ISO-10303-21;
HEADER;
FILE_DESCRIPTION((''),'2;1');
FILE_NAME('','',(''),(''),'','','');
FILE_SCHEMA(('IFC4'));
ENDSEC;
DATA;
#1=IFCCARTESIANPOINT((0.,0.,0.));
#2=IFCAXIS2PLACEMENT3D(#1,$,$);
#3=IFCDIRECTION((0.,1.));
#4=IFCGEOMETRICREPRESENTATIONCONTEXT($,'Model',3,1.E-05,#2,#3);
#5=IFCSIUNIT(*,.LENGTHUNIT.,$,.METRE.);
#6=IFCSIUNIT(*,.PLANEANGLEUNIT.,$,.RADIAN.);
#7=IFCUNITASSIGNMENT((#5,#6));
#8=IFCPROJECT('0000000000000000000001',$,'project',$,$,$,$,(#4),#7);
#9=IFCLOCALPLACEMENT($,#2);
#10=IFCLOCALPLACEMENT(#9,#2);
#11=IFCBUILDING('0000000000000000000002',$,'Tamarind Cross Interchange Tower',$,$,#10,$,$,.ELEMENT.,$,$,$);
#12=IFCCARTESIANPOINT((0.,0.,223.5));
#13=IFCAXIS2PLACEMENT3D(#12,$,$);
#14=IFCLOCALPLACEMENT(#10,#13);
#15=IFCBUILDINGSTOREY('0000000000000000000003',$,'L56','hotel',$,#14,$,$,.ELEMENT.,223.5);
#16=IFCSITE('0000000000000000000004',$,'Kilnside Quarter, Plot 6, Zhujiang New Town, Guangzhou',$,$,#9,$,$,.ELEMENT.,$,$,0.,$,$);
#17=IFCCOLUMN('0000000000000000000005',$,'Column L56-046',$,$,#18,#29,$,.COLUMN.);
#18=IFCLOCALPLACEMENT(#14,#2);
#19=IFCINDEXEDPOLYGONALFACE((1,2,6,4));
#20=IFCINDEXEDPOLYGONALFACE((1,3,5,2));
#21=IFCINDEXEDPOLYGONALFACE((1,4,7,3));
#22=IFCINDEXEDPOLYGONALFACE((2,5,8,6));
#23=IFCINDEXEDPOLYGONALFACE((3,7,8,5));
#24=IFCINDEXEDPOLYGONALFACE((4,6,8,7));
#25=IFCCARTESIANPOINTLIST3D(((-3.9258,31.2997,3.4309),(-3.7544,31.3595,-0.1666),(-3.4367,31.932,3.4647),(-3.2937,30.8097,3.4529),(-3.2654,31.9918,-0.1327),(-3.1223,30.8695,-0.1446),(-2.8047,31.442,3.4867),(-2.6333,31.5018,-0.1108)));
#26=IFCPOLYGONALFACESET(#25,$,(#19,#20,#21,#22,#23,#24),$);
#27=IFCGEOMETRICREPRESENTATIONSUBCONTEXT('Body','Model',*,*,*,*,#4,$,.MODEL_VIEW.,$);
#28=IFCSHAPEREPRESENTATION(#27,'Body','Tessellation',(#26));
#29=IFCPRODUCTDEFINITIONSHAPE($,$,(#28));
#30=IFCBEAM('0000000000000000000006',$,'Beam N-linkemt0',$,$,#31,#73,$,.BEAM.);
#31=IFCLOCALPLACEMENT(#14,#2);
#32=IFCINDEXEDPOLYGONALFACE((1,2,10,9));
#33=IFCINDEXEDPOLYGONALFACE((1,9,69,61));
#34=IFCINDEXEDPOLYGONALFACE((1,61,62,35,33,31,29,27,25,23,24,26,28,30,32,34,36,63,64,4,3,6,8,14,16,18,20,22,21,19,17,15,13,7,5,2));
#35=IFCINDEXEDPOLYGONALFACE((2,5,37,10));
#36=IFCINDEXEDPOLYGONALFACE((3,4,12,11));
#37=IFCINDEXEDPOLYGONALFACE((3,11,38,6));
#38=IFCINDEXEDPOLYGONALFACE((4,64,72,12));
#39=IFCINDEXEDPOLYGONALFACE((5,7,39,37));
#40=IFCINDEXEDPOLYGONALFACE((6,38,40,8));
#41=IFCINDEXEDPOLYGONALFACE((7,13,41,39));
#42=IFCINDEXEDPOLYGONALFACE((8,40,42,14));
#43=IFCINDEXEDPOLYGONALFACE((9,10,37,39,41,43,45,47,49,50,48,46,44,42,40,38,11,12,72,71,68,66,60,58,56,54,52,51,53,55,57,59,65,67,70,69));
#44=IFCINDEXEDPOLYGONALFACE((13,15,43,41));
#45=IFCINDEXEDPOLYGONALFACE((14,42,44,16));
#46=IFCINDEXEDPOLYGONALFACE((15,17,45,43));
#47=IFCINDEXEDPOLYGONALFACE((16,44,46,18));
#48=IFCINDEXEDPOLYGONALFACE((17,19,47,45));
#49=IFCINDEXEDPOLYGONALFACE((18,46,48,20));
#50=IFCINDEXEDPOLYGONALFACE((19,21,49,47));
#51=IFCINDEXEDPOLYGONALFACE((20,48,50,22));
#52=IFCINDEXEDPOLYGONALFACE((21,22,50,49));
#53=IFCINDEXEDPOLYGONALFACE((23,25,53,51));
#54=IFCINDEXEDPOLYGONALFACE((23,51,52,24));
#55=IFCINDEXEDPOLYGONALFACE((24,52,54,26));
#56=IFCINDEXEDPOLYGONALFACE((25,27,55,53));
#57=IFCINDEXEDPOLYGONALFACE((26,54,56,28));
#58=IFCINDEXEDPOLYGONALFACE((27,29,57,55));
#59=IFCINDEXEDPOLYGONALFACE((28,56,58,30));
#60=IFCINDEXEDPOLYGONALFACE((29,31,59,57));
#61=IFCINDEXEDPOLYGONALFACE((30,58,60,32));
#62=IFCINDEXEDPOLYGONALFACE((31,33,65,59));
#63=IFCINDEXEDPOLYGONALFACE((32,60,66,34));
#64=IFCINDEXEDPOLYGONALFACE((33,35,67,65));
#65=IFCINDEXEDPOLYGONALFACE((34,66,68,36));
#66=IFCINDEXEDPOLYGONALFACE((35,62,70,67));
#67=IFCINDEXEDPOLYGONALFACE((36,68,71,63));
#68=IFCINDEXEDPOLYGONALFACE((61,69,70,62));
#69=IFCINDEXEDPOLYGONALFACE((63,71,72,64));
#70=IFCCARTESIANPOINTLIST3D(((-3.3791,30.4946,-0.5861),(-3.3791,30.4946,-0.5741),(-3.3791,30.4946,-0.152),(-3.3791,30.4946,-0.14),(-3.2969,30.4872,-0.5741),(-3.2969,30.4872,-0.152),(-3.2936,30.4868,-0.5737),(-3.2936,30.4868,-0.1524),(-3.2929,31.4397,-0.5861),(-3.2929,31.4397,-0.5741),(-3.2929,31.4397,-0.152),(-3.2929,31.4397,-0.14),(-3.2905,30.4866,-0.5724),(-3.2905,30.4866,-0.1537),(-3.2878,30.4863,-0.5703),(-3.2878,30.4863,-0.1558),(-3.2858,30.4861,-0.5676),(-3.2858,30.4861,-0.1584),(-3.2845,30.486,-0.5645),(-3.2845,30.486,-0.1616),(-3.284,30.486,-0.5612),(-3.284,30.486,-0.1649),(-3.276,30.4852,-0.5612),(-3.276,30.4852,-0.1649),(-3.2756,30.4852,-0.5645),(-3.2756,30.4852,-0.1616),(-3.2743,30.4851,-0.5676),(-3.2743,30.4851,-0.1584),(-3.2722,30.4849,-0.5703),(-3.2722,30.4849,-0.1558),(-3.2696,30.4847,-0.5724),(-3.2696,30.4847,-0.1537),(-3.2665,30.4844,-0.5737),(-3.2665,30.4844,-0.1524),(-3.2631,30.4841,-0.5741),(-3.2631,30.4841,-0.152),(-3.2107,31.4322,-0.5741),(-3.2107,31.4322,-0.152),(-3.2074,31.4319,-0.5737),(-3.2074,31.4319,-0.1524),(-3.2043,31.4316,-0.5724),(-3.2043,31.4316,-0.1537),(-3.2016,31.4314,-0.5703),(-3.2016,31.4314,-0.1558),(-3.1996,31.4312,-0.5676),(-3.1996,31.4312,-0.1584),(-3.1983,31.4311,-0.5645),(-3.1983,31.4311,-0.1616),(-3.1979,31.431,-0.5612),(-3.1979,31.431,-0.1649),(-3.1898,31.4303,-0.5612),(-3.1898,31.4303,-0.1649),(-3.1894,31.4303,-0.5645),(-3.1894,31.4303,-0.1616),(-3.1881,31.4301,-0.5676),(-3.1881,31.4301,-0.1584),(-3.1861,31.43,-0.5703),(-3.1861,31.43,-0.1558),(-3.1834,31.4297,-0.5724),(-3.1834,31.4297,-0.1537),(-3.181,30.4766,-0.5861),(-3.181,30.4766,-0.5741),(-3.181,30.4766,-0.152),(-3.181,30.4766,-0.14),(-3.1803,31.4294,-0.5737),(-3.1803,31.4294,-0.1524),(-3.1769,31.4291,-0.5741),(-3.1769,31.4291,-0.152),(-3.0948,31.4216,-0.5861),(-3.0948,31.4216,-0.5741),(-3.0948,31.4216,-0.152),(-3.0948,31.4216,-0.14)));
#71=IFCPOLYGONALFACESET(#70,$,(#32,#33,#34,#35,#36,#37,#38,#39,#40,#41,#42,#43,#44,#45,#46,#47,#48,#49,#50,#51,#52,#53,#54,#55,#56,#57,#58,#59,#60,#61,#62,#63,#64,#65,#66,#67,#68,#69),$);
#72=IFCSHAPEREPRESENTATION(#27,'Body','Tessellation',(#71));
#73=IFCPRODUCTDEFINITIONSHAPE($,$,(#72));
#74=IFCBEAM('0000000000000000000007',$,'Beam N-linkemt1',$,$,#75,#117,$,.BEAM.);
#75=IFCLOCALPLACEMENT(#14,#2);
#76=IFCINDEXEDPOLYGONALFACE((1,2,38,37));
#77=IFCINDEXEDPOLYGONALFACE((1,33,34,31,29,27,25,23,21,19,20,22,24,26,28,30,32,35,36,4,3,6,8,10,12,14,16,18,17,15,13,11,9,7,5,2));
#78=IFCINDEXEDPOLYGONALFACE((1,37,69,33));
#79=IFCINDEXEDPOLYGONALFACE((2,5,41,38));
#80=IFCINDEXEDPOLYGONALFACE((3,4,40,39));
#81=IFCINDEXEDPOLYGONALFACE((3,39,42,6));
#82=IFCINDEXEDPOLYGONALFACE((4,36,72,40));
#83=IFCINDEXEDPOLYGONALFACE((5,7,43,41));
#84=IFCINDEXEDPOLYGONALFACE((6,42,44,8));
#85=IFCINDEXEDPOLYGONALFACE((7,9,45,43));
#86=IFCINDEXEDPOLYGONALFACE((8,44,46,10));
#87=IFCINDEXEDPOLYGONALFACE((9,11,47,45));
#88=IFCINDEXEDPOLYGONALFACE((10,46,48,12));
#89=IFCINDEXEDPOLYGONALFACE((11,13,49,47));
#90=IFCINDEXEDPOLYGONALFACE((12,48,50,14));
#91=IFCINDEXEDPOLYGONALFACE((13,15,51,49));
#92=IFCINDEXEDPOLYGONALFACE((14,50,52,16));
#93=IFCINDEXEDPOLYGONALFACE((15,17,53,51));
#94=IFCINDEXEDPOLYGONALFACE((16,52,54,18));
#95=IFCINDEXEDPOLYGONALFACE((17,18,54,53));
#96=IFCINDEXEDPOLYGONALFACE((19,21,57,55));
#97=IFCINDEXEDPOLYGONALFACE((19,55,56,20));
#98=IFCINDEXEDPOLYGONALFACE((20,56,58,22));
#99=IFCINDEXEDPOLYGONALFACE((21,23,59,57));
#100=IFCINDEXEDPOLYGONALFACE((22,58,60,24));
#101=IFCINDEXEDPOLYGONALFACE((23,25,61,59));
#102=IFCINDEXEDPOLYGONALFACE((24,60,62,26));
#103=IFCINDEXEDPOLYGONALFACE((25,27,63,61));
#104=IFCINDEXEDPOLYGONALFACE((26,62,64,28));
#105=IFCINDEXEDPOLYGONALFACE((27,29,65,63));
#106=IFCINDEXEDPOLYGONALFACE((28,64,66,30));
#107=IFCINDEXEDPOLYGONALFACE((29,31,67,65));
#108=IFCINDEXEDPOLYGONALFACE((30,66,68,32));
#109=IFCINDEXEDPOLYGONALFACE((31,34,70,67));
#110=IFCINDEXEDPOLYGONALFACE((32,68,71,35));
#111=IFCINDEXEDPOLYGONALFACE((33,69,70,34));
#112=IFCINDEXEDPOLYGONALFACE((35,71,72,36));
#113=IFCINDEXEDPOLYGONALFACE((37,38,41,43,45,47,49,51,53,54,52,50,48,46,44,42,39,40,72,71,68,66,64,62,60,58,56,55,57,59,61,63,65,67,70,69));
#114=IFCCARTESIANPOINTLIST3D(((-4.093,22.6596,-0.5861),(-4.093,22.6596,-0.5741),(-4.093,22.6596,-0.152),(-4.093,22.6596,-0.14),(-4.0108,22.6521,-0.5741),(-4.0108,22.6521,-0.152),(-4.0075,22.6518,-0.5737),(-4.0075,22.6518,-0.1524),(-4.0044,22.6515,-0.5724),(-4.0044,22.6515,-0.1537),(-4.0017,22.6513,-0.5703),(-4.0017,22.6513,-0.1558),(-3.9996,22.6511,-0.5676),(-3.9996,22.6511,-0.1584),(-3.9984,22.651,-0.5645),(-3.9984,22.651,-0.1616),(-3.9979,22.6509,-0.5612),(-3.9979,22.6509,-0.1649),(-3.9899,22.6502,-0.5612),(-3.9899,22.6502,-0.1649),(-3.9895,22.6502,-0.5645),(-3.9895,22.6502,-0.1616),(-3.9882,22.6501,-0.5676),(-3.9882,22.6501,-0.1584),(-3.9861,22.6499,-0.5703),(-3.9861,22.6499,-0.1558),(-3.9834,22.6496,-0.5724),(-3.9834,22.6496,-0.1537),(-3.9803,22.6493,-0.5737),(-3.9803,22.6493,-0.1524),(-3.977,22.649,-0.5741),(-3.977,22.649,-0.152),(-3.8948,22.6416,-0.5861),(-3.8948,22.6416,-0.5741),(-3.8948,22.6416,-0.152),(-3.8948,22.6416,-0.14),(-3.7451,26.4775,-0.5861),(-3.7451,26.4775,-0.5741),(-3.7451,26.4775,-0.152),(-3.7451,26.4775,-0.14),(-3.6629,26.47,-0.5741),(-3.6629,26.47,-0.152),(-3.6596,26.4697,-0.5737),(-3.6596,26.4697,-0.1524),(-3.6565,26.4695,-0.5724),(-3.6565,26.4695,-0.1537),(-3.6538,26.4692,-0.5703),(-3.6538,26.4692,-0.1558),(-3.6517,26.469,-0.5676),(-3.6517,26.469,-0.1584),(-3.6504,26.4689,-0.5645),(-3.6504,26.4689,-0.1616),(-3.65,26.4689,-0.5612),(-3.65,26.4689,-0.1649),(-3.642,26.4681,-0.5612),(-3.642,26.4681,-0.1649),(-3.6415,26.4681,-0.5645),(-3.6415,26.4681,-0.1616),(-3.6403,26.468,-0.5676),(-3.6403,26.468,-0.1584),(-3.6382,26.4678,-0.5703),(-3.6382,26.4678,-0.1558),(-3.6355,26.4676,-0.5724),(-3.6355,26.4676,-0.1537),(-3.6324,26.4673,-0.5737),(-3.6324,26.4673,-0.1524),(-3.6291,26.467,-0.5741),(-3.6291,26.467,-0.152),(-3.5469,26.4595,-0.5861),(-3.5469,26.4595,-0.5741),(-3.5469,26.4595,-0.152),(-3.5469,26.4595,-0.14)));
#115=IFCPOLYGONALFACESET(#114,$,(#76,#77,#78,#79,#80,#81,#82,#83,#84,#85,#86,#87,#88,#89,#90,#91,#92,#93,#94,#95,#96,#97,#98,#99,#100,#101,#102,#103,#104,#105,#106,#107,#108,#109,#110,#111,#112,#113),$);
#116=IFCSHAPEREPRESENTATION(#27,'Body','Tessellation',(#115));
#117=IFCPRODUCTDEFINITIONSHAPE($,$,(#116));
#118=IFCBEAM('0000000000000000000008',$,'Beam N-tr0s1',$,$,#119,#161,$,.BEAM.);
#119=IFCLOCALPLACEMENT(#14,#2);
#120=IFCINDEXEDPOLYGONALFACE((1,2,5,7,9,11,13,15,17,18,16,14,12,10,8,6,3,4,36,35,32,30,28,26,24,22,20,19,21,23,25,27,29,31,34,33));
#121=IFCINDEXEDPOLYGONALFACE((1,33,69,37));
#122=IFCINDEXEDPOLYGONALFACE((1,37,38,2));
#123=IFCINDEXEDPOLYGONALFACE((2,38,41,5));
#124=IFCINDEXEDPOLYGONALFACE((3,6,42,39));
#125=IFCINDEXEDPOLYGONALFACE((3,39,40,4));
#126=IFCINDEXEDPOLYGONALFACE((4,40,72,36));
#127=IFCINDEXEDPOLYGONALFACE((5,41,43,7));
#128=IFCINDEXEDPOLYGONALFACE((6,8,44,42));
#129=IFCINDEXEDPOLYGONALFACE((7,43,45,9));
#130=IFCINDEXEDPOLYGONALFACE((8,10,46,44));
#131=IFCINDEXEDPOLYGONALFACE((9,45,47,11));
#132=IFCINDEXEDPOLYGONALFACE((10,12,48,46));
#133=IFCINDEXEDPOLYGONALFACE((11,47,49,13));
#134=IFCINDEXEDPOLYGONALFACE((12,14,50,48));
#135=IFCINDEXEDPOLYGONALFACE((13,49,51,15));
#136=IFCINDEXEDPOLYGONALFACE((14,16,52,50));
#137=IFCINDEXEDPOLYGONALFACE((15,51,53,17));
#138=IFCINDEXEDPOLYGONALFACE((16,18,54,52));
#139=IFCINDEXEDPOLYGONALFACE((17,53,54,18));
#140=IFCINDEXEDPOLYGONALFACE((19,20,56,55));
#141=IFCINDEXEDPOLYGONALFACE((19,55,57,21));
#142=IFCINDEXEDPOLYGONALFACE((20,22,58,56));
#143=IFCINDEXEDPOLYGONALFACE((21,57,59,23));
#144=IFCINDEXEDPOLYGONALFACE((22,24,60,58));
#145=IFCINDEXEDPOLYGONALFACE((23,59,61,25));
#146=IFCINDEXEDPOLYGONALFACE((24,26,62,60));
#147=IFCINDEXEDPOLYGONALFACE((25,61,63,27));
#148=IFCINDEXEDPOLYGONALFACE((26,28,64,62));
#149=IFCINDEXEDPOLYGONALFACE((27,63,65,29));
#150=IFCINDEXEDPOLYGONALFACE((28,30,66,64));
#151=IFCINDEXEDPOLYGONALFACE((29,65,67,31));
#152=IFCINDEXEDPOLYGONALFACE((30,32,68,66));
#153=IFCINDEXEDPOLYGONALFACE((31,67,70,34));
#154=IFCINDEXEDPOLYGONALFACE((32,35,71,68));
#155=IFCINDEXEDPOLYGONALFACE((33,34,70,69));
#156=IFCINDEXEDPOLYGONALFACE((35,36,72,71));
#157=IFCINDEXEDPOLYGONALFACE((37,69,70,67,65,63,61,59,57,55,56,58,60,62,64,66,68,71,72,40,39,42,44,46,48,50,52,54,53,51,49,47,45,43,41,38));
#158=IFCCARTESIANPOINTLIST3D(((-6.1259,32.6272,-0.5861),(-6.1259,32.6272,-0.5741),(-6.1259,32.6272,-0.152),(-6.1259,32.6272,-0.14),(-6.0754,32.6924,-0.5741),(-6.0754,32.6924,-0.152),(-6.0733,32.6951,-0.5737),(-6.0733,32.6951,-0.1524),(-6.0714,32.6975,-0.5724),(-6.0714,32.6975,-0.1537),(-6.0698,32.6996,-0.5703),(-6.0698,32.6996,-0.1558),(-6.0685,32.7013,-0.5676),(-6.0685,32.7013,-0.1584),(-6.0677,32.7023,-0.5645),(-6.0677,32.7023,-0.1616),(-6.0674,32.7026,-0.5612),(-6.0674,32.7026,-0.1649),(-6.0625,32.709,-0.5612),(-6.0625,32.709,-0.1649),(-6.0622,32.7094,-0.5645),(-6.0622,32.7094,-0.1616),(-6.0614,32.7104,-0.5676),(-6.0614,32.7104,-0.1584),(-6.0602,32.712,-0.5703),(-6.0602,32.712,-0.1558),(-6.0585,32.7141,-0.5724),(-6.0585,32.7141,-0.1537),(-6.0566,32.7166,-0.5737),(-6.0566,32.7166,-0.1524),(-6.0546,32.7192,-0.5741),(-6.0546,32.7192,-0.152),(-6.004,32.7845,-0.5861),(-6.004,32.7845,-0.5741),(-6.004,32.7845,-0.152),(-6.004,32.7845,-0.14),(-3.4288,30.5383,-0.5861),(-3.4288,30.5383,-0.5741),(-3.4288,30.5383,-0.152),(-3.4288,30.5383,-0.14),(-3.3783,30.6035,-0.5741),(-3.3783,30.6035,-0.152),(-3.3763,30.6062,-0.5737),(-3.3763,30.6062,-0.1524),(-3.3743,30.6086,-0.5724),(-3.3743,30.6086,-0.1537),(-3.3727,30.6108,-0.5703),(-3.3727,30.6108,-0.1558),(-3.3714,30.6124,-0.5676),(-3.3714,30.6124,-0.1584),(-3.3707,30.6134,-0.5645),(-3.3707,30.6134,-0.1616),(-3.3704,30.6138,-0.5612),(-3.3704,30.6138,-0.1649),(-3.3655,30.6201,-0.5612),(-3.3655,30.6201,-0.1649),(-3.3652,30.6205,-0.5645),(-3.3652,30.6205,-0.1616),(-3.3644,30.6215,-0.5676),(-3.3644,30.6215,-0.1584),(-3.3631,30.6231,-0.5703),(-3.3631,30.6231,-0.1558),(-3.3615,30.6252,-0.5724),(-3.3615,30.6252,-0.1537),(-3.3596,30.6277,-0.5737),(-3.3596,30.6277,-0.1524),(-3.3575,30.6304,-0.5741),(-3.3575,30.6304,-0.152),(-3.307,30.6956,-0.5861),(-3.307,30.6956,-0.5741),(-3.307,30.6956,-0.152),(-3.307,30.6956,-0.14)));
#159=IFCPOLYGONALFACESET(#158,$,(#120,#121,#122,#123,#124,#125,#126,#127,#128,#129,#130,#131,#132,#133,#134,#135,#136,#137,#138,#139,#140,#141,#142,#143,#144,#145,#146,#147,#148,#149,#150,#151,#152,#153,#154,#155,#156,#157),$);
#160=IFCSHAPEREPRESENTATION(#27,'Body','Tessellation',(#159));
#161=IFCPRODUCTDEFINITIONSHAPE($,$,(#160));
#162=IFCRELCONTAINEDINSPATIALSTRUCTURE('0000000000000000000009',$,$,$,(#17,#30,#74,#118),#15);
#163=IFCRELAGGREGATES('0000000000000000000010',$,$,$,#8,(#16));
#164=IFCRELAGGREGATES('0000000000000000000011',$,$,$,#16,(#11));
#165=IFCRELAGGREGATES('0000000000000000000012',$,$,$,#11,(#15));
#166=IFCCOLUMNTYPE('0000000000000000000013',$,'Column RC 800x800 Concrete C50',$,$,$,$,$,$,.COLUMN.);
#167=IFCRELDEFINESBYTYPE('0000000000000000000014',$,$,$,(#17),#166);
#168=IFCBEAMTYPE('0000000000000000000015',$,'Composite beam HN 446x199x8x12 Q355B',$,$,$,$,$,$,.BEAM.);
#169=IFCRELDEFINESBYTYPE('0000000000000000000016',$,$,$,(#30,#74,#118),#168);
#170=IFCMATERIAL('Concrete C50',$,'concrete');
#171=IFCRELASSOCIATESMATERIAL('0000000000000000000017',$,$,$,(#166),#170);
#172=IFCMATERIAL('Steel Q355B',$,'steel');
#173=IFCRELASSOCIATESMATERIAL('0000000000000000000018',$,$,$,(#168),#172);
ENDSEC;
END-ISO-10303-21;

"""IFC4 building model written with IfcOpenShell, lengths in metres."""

from ifc_helpers import new_model, si_unit, direction, frame, origin, origin_2d, place, context, subcontext, project, spatial, rectangle, i_section, extrude, material, material_profile, profile_set, type_object, element, save


model = new_model("IFC4")

# Units and contexts
model_context = context("Model", 3, precision=1e-05, world=origin(), true_north=direction((0.0, 1.0)))
body_context = subcontext(model_context, "Body", "Model", "MODEL_VIEW")
ifc_project = project(units=[si_unit("LENGTHUNIT", "METRE"), si_unit("PLANEANGLEUNIT", "RADIAN")], contexts=[model_context])

# Site, building, storey
site_placement = place(None, origin())
site = spatial("IfcSite", under=ifc_project, at=site_placement, Name="Kilnside Quarter, Plot 6, Zhujiang New Town, Guangzhou", CompositionType="ELEMENT", RefElevation=0.0)
building_placement = place(site_placement, origin())
building = spatial("IfcBuilding", under=site, at=building_placement, Name="Tamarind Cross Interchange Tower", CompositionType="ELEMENT")
storey_placement = place(building_placement, frame((0.0, 0.0, 223.5)))
storey = spatial("IfcBuildingStorey", under=building, at=storey_placement, Name="L56", Description="hotel", CompositionType="ELEMENT", Elevation=223.5)

# Column
ifc_material_1 = material(Name="Concrete C50", Category="concrete")
ifc_material_profile_1 = material_profile(ifc_material_1, rectangle(XDim=0.8, YDim=0.8, at=origin_2d()), Name="RC 800x800")
ifc_profile_set_1 = profile_set([ifc_material_profile_1], Name="Concrete C50")
column_type = type_object("IfcColumnType", Name="Column RC 800x800 Concrete C50", PredefinedType="COLUMN", material=ifc_profile_set_1)
column_placement = place(storey_placement, frame((-3.1938, 31.4307, -0.1387), z_axis=(-0.047581, -0.016606, 0.998729), x_axis=(0.790006, -0.612484, 0.027453)))
element("IfcColumn", 1, at=column_placement, inside=storey, type_object=column_type, Name="Column L56-046", PredefinedType="COLUMN", context=body_context, shape_type="SweptSolid", body=[
    extrude(rectangle(XDim=0.8, YDim=0.8, at=origin_2d()), origin(), (0.0, 0.0, 1.0), 3.6021),
])

# Beams
ifc_material_2 = material(Name="Steel Q355B", Category="steel")
ifc_material_profile_2 = material_profile(ifc_material_2, i_section(OverallWidth=0.199, OverallDepth=0.446, WebThickness=0.0081, FlangeThickness=0.012, FilletRadius=0.0129, at=origin_2d()), Name="HN 446x199x8x12")
ifc_profile_set_2 = profile_set([ifc_material_profile_2], Name="Steel Q355B")
beam_type_1 = type_object("IfcBeamType", Name="Composite beam HN 446x199x8x12 Q355B", PredefinedType="BEAM", material=ifc_profile_set_2)
beam_1_placement = place(storey_placement, frame((-3.1938, 31.4307, -0.363), z_axis=(-0.090814, -0.995868, 0.0), x_axis=(0.995868, -0.090814, 0.0)))
element("IfcBeam", 2, at=beam_1_placement, inside=storey, type_object=beam_type_1, Name="Beam N-linkemt0", PredefinedType="BEAM", context=body_context, shape_type="SweptSolid", body=[
    extrude(i_section(OverallWidth=0.199, OverallDepth=0.446, WebThickness=0.0081, FlangeThickness=0.012, FilletRadius=0.0129, at=origin_2d()), origin(), (0.0, 0.0, 1.0), 0.949),
])
beam_2_placement = place(storey_placement, frame((-3.646, 26.4685, -0.363), z_axis=(-0.090748, -0.995874, 0.0), x_axis=(0.995874, -0.090748, 0.0)))
element("IfcBeam", 3, at=beam_2_placement, inside=storey, type_object=beam_type_1, Name="Beam N-linkemt1", PredefinedType="BEAM", context=body_context, shape_type="SweptSolid", body=[
    extrude(i_section(OverallWidth=0.199, OverallDepth=0.446, WebThickness=0.0081, FlangeThickness=0.012, FilletRadius=0.0129, at=origin_2d()), origin(), (0.0, 0.0, 1.0), 3.8337),
])
beam_3_placement = place(storey_placement, frame((-3.3679, 30.6169, -0.363), z_axis=(-0.790603, 0.612329, 0.0), x_axis=(-0.612329, -0.790603, 0.0)))
element("IfcBeam", 4, at=beam_3_placement, inside=storey, type_object=beam_type_1, Name="Beam N-tr0s1", PredefinedType="BEAM", context=body_context, shape_type="SweptSolid", body=[
    extrude(i_section(OverallWidth=0.199, OverallDepth=0.446, WebThickness=0.0081, FlangeThickness=0.012, FilletRadius=0.0129, at=origin_2d()), origin(), (0.0, 0.0, 1.0), 3.4114),
])

save(model, "model.ifc")
